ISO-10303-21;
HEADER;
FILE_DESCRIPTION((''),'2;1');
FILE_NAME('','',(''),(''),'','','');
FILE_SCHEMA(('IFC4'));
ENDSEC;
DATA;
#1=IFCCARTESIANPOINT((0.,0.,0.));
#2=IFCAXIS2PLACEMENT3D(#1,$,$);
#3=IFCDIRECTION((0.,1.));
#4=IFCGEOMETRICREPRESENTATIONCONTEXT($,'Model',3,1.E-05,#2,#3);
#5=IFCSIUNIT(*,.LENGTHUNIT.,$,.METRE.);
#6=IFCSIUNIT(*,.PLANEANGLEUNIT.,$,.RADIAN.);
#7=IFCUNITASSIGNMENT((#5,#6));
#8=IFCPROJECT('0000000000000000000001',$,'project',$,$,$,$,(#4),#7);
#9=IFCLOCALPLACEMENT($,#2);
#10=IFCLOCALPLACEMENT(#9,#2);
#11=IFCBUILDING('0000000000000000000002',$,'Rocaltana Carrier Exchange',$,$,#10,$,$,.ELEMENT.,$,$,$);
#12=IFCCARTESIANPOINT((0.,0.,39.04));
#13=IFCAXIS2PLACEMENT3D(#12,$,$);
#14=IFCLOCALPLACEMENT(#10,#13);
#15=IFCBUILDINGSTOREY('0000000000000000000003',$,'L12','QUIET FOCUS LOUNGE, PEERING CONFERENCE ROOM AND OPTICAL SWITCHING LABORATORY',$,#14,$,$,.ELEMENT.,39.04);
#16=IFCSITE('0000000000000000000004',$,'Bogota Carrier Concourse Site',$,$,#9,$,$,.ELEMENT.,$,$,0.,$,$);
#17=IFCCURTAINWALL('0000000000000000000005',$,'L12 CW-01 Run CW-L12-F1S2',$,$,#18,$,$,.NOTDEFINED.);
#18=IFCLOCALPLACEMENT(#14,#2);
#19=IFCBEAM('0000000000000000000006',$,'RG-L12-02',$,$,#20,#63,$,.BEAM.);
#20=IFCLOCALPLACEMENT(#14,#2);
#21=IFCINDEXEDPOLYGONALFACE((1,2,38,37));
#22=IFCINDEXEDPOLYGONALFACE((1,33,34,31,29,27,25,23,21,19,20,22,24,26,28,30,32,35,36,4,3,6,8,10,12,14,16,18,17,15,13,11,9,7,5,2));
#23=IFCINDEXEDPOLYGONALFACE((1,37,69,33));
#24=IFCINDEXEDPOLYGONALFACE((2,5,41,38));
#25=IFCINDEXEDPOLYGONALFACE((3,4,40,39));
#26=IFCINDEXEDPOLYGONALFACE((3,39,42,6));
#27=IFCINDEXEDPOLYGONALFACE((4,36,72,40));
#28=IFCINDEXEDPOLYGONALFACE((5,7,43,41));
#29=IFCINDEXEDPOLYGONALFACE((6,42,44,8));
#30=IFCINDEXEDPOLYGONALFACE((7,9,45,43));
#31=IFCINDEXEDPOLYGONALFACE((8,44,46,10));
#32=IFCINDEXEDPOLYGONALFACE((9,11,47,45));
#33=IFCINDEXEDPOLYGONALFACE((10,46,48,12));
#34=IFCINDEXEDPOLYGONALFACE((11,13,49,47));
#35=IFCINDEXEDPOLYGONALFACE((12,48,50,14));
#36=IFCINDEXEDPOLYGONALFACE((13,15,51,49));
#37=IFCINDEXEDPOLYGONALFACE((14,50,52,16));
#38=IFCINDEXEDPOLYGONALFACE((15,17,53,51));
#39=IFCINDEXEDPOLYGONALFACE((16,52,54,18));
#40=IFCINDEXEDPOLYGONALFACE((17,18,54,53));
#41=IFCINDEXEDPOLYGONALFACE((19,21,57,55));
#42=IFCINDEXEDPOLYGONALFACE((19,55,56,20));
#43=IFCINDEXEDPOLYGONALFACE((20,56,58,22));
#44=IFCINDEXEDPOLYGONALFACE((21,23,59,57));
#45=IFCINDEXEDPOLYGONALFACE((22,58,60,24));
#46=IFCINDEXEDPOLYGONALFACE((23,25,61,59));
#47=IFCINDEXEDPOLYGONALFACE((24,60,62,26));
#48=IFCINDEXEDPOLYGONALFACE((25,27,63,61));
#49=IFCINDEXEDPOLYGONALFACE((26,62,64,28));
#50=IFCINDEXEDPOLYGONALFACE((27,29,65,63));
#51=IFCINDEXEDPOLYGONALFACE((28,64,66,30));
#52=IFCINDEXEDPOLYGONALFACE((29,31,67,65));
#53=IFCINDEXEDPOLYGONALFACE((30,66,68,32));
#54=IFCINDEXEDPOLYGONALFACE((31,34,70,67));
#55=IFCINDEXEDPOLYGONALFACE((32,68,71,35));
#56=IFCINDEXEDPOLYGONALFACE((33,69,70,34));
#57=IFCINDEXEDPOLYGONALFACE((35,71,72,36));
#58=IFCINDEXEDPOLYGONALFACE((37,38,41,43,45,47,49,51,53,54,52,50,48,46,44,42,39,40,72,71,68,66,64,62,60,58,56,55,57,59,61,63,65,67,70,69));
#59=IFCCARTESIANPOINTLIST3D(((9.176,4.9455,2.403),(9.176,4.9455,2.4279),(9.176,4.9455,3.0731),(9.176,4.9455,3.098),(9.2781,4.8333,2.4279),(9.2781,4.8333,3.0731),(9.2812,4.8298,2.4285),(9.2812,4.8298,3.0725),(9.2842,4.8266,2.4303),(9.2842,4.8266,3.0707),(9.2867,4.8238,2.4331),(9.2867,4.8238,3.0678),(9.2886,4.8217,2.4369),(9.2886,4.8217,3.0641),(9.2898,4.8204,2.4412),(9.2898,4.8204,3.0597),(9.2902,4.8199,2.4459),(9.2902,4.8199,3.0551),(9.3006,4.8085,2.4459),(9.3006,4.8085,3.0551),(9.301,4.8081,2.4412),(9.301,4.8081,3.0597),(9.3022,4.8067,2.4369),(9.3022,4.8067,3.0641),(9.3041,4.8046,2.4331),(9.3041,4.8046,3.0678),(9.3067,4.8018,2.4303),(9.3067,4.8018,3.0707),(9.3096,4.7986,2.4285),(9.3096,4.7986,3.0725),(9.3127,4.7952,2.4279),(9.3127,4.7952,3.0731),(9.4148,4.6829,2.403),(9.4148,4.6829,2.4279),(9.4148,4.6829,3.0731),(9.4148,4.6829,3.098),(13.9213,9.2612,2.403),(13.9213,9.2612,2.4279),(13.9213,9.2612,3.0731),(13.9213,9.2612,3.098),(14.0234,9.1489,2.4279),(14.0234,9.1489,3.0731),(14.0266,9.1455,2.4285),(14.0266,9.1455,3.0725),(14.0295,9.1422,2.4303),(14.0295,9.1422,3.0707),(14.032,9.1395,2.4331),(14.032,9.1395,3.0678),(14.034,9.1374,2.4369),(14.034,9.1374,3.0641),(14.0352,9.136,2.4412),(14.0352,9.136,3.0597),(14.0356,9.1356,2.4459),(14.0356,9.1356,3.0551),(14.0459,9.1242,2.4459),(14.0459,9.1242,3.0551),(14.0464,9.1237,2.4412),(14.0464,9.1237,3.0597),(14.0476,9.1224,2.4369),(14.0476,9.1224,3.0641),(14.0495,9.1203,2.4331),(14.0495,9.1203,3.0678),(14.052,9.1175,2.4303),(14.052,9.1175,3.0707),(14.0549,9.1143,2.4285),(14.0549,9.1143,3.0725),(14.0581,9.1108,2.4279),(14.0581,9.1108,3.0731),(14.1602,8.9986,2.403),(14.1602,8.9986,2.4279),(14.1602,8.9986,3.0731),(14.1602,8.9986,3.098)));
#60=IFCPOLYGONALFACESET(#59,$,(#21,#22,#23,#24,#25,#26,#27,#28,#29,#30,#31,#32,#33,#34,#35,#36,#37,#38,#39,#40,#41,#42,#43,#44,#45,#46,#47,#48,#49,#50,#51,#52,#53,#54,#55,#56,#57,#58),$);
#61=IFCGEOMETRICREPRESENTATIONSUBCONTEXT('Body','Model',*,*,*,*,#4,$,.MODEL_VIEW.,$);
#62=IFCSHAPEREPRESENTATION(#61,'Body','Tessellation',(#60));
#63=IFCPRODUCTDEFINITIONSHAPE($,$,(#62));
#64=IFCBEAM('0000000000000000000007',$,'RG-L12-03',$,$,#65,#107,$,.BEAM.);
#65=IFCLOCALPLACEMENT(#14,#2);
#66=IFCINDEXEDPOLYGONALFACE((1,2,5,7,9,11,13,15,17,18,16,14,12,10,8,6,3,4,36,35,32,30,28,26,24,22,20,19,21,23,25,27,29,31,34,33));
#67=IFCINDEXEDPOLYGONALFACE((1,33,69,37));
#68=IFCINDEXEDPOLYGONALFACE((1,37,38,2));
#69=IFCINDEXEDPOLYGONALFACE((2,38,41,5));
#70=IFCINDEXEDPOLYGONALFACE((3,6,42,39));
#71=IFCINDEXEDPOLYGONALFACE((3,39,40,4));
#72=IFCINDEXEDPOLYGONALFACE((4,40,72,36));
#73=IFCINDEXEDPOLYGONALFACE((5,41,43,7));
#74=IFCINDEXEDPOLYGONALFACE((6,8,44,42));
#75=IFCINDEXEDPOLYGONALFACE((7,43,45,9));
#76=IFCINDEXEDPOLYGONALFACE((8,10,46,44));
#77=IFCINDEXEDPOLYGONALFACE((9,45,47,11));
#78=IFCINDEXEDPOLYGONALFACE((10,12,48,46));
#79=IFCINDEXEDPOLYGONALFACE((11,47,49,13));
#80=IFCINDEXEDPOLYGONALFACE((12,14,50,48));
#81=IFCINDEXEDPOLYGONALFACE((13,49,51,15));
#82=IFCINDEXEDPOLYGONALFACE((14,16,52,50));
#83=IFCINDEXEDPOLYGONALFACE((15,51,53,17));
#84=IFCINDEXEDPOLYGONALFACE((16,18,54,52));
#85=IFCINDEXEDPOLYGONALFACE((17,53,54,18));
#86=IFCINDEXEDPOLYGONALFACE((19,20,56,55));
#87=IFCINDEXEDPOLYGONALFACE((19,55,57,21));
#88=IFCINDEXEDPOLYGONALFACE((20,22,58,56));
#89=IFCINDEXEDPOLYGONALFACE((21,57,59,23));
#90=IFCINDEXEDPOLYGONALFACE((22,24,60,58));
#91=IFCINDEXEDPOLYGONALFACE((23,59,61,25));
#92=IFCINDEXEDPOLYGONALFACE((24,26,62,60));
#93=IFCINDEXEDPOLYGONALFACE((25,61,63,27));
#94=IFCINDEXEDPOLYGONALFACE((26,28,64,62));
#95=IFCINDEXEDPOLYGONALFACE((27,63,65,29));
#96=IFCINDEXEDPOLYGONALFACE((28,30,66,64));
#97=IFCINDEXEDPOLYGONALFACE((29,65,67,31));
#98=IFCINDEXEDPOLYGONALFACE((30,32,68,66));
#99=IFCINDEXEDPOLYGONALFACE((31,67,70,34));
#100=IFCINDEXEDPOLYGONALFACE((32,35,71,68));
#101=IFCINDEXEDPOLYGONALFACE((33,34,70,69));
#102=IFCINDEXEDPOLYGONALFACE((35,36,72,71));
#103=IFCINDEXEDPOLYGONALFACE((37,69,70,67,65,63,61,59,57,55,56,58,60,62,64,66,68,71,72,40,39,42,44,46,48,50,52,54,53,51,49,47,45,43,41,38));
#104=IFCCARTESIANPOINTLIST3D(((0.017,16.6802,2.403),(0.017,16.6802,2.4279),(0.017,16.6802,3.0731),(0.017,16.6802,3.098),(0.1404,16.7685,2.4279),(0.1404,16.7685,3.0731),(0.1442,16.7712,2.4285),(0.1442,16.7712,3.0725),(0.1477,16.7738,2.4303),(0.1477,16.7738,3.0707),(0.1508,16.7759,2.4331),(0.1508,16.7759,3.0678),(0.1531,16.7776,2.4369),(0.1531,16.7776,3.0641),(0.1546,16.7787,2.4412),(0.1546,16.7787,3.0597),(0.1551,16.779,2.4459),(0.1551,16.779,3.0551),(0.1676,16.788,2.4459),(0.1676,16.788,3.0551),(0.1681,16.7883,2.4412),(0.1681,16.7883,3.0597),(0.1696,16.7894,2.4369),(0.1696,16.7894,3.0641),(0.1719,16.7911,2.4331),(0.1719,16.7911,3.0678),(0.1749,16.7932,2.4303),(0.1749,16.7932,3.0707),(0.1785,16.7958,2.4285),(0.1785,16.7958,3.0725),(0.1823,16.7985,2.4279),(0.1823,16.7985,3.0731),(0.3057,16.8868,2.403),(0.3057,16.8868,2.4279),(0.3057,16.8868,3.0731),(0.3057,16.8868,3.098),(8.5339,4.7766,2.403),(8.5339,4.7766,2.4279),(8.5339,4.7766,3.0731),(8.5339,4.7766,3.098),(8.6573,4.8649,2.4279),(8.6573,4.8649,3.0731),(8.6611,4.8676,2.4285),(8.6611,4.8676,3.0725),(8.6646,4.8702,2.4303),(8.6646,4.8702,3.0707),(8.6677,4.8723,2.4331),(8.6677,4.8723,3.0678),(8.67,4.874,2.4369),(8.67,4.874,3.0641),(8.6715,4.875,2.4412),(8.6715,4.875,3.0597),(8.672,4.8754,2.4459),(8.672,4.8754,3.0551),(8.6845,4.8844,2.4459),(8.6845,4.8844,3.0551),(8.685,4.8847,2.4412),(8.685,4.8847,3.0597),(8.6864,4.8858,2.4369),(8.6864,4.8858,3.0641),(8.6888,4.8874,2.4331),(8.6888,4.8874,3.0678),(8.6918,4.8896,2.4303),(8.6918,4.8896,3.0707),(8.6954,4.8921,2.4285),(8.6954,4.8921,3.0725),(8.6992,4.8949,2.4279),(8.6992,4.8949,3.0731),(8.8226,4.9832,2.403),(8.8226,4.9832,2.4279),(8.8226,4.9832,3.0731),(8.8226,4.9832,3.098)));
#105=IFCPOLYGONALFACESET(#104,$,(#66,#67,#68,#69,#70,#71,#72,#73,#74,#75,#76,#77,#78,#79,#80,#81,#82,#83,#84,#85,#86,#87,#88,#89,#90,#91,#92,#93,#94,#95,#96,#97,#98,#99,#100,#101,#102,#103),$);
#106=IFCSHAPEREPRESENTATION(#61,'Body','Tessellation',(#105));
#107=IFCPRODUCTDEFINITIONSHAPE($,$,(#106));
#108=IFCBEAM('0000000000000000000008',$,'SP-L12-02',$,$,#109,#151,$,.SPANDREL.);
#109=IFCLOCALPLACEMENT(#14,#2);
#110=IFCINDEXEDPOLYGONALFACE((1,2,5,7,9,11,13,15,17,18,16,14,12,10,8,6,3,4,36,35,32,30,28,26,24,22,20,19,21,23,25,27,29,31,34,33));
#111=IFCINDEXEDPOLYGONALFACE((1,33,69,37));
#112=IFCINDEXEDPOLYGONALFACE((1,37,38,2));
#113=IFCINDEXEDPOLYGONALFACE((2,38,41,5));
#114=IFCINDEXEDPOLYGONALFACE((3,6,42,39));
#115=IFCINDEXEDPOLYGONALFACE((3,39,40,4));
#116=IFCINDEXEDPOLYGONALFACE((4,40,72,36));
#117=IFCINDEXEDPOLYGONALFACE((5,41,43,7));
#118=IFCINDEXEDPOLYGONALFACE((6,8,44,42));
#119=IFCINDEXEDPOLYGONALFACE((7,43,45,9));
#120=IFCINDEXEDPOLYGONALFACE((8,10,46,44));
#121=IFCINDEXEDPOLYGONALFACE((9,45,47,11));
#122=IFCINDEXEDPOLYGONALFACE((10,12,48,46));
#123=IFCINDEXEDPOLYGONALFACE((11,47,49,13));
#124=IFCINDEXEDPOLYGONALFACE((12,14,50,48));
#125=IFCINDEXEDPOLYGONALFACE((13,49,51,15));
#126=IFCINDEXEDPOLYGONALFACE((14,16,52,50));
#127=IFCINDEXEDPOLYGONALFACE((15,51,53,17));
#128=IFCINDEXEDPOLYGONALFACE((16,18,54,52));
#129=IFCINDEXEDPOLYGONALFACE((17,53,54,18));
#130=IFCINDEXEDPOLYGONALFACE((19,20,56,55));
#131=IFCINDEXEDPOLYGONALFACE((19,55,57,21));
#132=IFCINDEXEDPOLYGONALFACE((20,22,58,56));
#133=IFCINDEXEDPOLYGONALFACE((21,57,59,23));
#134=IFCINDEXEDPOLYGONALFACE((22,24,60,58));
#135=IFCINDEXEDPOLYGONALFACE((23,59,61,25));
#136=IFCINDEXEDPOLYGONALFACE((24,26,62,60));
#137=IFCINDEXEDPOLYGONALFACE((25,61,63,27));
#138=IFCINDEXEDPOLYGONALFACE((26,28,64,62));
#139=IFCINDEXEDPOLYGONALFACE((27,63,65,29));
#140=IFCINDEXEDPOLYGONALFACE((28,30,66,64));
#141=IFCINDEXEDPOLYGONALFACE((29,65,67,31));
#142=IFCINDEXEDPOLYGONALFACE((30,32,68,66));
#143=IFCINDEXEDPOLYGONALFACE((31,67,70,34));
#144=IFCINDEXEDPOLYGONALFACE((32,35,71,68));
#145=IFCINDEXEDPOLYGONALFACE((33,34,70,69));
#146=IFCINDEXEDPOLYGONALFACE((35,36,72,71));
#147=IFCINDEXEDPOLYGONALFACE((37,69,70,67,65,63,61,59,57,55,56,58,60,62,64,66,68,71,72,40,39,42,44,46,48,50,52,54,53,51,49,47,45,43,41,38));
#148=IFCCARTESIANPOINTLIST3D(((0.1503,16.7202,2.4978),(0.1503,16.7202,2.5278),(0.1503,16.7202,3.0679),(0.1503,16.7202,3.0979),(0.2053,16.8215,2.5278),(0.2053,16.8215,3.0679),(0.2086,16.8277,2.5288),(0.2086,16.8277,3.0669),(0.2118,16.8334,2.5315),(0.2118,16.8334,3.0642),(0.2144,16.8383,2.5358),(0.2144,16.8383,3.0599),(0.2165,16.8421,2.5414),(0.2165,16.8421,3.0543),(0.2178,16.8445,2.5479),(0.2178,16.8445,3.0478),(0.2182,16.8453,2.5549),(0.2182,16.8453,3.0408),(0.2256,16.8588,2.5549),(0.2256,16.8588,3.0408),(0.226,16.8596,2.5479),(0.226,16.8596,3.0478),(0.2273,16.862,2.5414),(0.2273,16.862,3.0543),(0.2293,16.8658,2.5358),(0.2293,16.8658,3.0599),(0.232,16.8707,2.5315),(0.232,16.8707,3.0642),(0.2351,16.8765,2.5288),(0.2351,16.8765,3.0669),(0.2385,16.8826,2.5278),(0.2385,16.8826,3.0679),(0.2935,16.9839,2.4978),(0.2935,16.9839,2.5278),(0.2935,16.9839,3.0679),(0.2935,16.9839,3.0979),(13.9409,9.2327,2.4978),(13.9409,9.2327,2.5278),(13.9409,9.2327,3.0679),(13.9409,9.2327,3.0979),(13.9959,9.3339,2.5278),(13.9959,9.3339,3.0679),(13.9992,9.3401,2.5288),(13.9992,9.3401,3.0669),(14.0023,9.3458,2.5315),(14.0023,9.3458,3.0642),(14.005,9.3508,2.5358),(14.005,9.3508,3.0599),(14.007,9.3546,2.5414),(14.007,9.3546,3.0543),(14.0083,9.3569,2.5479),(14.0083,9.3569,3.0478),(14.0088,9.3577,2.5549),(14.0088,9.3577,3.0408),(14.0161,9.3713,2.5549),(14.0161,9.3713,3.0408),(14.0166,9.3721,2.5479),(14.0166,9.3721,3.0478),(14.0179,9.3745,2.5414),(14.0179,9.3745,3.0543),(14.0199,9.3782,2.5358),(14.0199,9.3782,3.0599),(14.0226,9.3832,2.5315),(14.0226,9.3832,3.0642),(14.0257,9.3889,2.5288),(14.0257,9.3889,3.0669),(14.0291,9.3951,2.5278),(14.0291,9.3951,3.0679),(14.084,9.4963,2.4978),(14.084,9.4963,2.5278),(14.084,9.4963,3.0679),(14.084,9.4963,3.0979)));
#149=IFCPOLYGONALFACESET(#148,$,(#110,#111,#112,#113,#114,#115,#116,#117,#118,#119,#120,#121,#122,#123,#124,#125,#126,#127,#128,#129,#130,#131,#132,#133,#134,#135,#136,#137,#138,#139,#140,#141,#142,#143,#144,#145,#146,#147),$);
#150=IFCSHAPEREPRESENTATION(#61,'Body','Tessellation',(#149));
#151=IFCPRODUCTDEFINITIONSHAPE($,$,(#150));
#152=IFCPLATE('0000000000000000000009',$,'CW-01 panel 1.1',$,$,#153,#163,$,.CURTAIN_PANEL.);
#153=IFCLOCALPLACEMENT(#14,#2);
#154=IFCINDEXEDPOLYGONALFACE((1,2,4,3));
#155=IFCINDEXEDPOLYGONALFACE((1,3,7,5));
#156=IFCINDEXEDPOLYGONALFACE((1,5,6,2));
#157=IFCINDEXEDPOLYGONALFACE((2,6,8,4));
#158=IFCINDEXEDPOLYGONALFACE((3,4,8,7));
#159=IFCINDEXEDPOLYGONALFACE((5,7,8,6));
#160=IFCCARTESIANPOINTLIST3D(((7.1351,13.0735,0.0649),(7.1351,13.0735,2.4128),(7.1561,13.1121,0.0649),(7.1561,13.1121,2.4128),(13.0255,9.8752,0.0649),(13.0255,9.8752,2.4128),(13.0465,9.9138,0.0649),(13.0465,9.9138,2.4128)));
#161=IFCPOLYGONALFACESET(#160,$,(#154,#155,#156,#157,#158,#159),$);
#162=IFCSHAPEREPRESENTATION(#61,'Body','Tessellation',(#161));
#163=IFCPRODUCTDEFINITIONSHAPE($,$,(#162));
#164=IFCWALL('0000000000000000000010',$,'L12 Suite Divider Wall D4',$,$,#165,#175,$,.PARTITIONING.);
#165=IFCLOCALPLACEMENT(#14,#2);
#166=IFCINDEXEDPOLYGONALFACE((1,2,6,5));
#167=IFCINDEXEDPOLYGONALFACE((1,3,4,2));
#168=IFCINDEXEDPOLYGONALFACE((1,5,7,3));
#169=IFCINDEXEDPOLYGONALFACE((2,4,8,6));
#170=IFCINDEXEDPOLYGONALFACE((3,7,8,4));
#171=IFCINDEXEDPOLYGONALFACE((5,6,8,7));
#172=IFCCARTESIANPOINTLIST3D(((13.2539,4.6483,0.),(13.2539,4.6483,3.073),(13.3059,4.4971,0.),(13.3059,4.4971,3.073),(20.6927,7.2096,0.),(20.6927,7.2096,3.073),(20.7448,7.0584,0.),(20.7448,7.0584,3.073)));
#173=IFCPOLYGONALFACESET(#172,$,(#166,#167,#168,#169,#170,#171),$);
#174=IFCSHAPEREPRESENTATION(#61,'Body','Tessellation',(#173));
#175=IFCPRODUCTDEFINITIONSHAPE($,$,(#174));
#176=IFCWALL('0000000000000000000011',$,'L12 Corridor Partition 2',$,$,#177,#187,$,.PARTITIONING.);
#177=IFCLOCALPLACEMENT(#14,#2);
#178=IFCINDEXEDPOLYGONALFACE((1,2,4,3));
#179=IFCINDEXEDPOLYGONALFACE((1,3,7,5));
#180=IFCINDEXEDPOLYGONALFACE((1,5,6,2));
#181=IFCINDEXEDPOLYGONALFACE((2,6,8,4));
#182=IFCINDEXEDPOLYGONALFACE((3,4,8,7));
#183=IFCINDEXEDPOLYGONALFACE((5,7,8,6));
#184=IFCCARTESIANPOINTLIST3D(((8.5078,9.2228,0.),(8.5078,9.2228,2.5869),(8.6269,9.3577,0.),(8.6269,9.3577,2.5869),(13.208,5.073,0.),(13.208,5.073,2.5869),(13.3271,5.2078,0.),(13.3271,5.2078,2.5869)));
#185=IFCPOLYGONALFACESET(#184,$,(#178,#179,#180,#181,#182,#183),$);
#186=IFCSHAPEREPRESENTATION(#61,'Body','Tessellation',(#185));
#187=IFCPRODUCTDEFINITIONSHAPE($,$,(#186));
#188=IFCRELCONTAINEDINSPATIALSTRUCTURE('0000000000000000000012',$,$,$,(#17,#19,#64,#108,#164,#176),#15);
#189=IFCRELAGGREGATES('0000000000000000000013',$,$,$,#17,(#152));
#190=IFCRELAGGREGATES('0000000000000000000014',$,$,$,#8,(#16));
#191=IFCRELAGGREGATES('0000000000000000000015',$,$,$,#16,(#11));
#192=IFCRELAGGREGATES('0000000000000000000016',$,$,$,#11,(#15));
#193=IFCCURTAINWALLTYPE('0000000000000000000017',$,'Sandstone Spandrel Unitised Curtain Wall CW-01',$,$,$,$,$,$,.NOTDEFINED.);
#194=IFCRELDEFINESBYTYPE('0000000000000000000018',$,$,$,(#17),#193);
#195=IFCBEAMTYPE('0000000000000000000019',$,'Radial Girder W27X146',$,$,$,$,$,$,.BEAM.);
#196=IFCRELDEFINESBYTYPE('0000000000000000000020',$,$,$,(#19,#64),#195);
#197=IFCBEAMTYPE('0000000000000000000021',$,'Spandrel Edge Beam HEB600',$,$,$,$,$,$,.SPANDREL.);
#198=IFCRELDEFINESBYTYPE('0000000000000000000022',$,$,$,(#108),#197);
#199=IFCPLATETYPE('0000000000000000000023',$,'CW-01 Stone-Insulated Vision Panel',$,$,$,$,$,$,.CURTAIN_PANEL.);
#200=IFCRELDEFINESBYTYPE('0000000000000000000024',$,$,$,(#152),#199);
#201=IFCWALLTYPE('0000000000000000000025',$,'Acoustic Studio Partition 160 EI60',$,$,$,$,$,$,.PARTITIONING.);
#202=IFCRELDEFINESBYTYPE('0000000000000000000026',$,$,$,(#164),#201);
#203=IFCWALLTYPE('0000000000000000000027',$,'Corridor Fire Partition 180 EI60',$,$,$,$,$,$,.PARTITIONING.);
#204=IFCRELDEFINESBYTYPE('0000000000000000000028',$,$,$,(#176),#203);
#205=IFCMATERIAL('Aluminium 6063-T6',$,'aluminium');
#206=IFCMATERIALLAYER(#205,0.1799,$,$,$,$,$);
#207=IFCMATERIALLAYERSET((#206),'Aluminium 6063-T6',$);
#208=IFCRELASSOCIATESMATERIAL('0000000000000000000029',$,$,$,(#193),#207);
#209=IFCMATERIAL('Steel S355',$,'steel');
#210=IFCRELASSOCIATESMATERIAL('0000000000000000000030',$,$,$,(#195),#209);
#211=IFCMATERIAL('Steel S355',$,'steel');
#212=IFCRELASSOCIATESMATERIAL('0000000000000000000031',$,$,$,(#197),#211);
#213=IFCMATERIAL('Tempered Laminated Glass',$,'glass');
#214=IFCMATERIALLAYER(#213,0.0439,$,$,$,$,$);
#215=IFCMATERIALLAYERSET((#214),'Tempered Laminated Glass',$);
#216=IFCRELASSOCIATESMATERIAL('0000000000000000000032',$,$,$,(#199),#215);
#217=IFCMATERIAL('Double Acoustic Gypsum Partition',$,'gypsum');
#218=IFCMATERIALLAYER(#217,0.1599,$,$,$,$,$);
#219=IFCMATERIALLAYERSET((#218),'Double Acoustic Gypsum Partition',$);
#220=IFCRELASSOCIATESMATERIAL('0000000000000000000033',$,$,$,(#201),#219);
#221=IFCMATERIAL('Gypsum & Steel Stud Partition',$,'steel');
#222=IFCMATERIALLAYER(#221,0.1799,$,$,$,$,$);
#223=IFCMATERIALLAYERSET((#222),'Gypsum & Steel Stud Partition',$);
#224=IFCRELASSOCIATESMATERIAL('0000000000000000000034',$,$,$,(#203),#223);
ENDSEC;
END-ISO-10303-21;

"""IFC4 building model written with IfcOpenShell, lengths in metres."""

from ifc_helpers import new_model, si_unit, direction, frame, frame_2d, origin, origin_2d, place, context, subcontext, project, spatial, rectangle, i_section, extrude, material, layer, layer_set, material_profile, profile_set, type_object, element, aggregate, save


model = new_model("IFC4")

# Units and contexts
model_context = context("Model", 3, precision=1e-05, world=origin(), true_north=direction((0.0, 1.0)))
body_context = subcontext(model_context, "Body", "Model", "MODEL_VIEW")
ifc_project = project(units=[si_unit("LENGTHUNIT", "METRE"), si_unit("PLANEANGLEUNIT", "RADIAN")], contexts=[model_context])

# Site, building, storey
site_placement = place(None, origin())
site = spatial("IfcSite", under=ifc_project, at=site_placement, Name="Bogota Carrier Concourse Site", CompositionType="ELEMENT", RefElevation=0.0)
building_placement = place(site_placement, origin())
building = spatial("IfcBuilding", under=site, at=building_placement, Name="Rocaltana Carrier Exchange", CompositionType="ELEMENT")
storey_placement = place(building_placement, frame((0.0, 0.0, 39.04)))
storey = spatial("IfcBuildingStorey", under=building, at=storey_placement, Name="L12", Description="QUIET FOCUS LOUNGE, PEERING CONFERENCE ROOM AND OPTICAL SWITCHING LABORATORY", CompositionType="ELEMENT", Elevation=39.04)

# Curtain wall
ifc_material_1 = material(Name="Aluminium 6063-T6", Category="aluminium")
ifc_layer_1 = layer(ifc_material_1, 0.1799)
ifc_layer_set_1 = layer_set([ifc_layer_1], Name="Aluminium 6063-T6")
curtain_wall_type = type_object("IfcCurtainWallType", Name="Sandstone Spandrel Unitised Curtain Wall CW-01", PredefinedType="NOTDEFINED", material=ifc_layer_set_1)
curtain_wall_placement = place(storey_placement, origin())
curtain_wall = element("IfcCurtainWall", 1, at=curtain_wall_placement, inside=storey, type_object=curtain_wall_type, Name="L12 CW-01 Run CW-L12-F1S2", PredefinedType="NOTDEFINED")

# Beams
ifc_material_2 = material(Name="Steel S355", Category="steel")
ifc_material_profile_1 = material_profile(ifc_material_2, i_section(OverallWidth=0.355, OverallDepth=0.6951, WebThickness=0.0154, FlangeThickness=0.0249, FilletRadius=0.0181, at=origin_2d()), Name="W27X146")
ifc_profile_set_1 = profile_set([ifc_material_profile_1], Name="Steel S355")
beam_type_1 = type_object("IfcBeamType", Name="Radial Girder W27X146", PredefinedType="BEAM", material=ifc_profile_set_1)
beam_1_placement = place(storey_placement, frame((9.2954, 4.8142, 2.7505), z_axis=(0.739807, 0.672819, 0.0), x_axis=(-0.672819, 0.739807, 0.0)))
element("IfcBeam", 2, at=beam_1_placement, inside=storey, type_object=beam_type_1, Name="RG-L12-02", PredefinedType="BEAM", context=body_context, shape_type="SweptSolid", body=[
    extrude(i_section(OverallWidth=0.355, OverallDepth=0.6951, WebThickness=0.0154, FlangeThickness=0.0249, FilletRadius=0.0181, at=origin_2d()), origin(), (0.0, 0.0, 1.0), 6.4143),
])
beam_2_placement = place(storey_placement, frame((8.6782, 4.8799, 2.7505), z_axis=(-0.581885, 0.813271, 0.0), x_axis=(-0.813271, -0.581885, 0.0)))
element("IfcBeam", 3, at=beam_2_placement, inside=storey, type_object=beam_type_1, Name="RG-L12-03", PredefinedType="BEAM", context=body_context, shape_type="SweptSolid", body=[
    extrude(i_section(OverallWidth=0.355, OverallDepth=0.6951, WebThickness=0.0154, FlangeThickness=0.0249, FilletRadius=0.0181, at=origin_2d()), origin(), (0.0, 0.0, 1.0), 14.6367),
])
ifc_material_3 = material(Name="Steel S355", Category="steel")
ifc_material_profile_2 = material_profile(ifc_material_3, i_section(OverallWidth=0.3, OverallDepth=0.6001, WebThickness=0.0154, FlangeThickness=0.03, FilletRadius=0.0271, at=origin_2d()), Name="HEB600")
ifc_profile_set_2 = profile_set([ifc_material_profile_2], Name="Steel S355")
beam_type_2 = type_object("IfcBeamType", Name="Spandrel Edge Beam HEB600", PredefinedType="SPANDREL", material=ifc_profile_set_2)
beam_3_placement = place(storey_placement, frame((14.0125, 9.3645, 2.7979), z_axis=(-0.87882, 0.477154, 0.0), x_axis=(-0.477154, -0.87882, 0.0)))
element("IfcBeam", 4, at=beam_3_placement, inside=storey, type_object=beam_type_2, Name="SP-L12-02", PredefinedType="SPANDREL", context=body_context, shape_type="SweptSolid", body=[
    extrude(i_section(OverallWidth=0.3, OverallDepth=0.6001, WebThickness=0.0154, FlangeThickness=0.03, FilletRadius=0.0271, at=origin_2d()), origin(), (0.0, 0.0, 1.0), 15.6921),
])

# Plate
ifc_material_4 = material(Name="Tempered Laminated Glass", Category="glass")
ifc_layer_2 = layer(ifc_material_4, 0.0439)
ifc_layer_set_2 = layer_set([ifc_layer_2], Name="Tempered Laminated Glass")
plate_type = type_object("IfcPlateType", Name="CW-01 Stone-Insulated Vision Panel", PredefinedType="CURTAIN_PANEL", material=ifc_layer_set_2)
plate_placement = place(storey_placement, frame((10.0908, 11.4937, 0.0649), z_axis=(0.0, 0.0, 1.0), x_axis=(-0.878814, 0.477164, 0.0)))
plate = element("IfcPlate", 5, at=plate_placement, type_object=plate_type, Name="CW-01 panel 1.1", PredefinedType="CURTAIN_PANEL", context=body_context, shape_type="SweptSolid", body=[
    extrude(rectangle(XDim=6.7026, YDim=0.0439, at=origin_2d()), origin(), (0.0, 0.0, 1.0), 2.3479),
])
aggregate(curtain_wall, [plate])

# Walls
ifc_material_5 = material(Name="Double Acoustic Gypsum Partition", Category="gypsum")
ifc_layer_3 = layer(ifc_material_5, 0.1599)
ifc_layer_set_3 = layer_set([ifc_layer_3], Name="Double Acoustic Gypsum Partition")
wall_type_1 = type_object("IfcWallType", Name="Acoustic Studio Partition 160 EI60", PredefinedType="PARTITIONING", material=ifc_layer_set_3)
wall_1_placement = place(storey_placement, frame((13.28, 4.5728, 0.0), z_axis=(0.0, 0.0, 1.0), x_axis=(0.945525, 0.32555, 0.0)))
element("IfcWall", 6, at=wall_1_placement, inside=storey, type_object=wall_type_1, Name="L12 Suite Divider Wall D4", PredefinedType="PARTITIONING", context=body_context, shape_type="SweptSolid", body=[
    extrude(rectangle(XDim=7.8674, YDim=0.1599, at=frame_2d((3.9336, 0.0))), origin(), (0.0, 0.0, 1.0), 3.073),
])
ifc_material_6 = material(Name="Gypsum & Steel Stud Partition", Category="steel")
ifc_layer_4 = layer(ifc_material_6, 0.1799)
ifc_layer_set_4 = layer_set([ifc_layer_4], Name="Gypsum & Steel Stud Partition")
wall_type_2 = type_object("IfcWallType", Name="Corridor Fire Partition 180 EI60", PredefinedType="PARTITIONING", material=ifc_layer_set_4)
wall_2_placement = place(storey_placement, frame((8.5674, 9.2903, 0.0), z_axis=(0.0, 0.0, 1.0), x_axis=(0.749626, -0.661861, 0.0)))
element("IfcWall", 7, at=wall_2_placement, inside=storey, type_object=wall_type_2, Name="L12 Corridor Partition 2", PredefinedType="PARTITIONING", context=body_context, shape_type="SweptSolid", body=[
    extrude(rectangle(XDim=6.27, YDim=0.1799, at=frame_2d((3.135, 0.0))), origin(), (0.0, 0.0, 1.0), 2.5869),
])

save(model, "model.ifc")
